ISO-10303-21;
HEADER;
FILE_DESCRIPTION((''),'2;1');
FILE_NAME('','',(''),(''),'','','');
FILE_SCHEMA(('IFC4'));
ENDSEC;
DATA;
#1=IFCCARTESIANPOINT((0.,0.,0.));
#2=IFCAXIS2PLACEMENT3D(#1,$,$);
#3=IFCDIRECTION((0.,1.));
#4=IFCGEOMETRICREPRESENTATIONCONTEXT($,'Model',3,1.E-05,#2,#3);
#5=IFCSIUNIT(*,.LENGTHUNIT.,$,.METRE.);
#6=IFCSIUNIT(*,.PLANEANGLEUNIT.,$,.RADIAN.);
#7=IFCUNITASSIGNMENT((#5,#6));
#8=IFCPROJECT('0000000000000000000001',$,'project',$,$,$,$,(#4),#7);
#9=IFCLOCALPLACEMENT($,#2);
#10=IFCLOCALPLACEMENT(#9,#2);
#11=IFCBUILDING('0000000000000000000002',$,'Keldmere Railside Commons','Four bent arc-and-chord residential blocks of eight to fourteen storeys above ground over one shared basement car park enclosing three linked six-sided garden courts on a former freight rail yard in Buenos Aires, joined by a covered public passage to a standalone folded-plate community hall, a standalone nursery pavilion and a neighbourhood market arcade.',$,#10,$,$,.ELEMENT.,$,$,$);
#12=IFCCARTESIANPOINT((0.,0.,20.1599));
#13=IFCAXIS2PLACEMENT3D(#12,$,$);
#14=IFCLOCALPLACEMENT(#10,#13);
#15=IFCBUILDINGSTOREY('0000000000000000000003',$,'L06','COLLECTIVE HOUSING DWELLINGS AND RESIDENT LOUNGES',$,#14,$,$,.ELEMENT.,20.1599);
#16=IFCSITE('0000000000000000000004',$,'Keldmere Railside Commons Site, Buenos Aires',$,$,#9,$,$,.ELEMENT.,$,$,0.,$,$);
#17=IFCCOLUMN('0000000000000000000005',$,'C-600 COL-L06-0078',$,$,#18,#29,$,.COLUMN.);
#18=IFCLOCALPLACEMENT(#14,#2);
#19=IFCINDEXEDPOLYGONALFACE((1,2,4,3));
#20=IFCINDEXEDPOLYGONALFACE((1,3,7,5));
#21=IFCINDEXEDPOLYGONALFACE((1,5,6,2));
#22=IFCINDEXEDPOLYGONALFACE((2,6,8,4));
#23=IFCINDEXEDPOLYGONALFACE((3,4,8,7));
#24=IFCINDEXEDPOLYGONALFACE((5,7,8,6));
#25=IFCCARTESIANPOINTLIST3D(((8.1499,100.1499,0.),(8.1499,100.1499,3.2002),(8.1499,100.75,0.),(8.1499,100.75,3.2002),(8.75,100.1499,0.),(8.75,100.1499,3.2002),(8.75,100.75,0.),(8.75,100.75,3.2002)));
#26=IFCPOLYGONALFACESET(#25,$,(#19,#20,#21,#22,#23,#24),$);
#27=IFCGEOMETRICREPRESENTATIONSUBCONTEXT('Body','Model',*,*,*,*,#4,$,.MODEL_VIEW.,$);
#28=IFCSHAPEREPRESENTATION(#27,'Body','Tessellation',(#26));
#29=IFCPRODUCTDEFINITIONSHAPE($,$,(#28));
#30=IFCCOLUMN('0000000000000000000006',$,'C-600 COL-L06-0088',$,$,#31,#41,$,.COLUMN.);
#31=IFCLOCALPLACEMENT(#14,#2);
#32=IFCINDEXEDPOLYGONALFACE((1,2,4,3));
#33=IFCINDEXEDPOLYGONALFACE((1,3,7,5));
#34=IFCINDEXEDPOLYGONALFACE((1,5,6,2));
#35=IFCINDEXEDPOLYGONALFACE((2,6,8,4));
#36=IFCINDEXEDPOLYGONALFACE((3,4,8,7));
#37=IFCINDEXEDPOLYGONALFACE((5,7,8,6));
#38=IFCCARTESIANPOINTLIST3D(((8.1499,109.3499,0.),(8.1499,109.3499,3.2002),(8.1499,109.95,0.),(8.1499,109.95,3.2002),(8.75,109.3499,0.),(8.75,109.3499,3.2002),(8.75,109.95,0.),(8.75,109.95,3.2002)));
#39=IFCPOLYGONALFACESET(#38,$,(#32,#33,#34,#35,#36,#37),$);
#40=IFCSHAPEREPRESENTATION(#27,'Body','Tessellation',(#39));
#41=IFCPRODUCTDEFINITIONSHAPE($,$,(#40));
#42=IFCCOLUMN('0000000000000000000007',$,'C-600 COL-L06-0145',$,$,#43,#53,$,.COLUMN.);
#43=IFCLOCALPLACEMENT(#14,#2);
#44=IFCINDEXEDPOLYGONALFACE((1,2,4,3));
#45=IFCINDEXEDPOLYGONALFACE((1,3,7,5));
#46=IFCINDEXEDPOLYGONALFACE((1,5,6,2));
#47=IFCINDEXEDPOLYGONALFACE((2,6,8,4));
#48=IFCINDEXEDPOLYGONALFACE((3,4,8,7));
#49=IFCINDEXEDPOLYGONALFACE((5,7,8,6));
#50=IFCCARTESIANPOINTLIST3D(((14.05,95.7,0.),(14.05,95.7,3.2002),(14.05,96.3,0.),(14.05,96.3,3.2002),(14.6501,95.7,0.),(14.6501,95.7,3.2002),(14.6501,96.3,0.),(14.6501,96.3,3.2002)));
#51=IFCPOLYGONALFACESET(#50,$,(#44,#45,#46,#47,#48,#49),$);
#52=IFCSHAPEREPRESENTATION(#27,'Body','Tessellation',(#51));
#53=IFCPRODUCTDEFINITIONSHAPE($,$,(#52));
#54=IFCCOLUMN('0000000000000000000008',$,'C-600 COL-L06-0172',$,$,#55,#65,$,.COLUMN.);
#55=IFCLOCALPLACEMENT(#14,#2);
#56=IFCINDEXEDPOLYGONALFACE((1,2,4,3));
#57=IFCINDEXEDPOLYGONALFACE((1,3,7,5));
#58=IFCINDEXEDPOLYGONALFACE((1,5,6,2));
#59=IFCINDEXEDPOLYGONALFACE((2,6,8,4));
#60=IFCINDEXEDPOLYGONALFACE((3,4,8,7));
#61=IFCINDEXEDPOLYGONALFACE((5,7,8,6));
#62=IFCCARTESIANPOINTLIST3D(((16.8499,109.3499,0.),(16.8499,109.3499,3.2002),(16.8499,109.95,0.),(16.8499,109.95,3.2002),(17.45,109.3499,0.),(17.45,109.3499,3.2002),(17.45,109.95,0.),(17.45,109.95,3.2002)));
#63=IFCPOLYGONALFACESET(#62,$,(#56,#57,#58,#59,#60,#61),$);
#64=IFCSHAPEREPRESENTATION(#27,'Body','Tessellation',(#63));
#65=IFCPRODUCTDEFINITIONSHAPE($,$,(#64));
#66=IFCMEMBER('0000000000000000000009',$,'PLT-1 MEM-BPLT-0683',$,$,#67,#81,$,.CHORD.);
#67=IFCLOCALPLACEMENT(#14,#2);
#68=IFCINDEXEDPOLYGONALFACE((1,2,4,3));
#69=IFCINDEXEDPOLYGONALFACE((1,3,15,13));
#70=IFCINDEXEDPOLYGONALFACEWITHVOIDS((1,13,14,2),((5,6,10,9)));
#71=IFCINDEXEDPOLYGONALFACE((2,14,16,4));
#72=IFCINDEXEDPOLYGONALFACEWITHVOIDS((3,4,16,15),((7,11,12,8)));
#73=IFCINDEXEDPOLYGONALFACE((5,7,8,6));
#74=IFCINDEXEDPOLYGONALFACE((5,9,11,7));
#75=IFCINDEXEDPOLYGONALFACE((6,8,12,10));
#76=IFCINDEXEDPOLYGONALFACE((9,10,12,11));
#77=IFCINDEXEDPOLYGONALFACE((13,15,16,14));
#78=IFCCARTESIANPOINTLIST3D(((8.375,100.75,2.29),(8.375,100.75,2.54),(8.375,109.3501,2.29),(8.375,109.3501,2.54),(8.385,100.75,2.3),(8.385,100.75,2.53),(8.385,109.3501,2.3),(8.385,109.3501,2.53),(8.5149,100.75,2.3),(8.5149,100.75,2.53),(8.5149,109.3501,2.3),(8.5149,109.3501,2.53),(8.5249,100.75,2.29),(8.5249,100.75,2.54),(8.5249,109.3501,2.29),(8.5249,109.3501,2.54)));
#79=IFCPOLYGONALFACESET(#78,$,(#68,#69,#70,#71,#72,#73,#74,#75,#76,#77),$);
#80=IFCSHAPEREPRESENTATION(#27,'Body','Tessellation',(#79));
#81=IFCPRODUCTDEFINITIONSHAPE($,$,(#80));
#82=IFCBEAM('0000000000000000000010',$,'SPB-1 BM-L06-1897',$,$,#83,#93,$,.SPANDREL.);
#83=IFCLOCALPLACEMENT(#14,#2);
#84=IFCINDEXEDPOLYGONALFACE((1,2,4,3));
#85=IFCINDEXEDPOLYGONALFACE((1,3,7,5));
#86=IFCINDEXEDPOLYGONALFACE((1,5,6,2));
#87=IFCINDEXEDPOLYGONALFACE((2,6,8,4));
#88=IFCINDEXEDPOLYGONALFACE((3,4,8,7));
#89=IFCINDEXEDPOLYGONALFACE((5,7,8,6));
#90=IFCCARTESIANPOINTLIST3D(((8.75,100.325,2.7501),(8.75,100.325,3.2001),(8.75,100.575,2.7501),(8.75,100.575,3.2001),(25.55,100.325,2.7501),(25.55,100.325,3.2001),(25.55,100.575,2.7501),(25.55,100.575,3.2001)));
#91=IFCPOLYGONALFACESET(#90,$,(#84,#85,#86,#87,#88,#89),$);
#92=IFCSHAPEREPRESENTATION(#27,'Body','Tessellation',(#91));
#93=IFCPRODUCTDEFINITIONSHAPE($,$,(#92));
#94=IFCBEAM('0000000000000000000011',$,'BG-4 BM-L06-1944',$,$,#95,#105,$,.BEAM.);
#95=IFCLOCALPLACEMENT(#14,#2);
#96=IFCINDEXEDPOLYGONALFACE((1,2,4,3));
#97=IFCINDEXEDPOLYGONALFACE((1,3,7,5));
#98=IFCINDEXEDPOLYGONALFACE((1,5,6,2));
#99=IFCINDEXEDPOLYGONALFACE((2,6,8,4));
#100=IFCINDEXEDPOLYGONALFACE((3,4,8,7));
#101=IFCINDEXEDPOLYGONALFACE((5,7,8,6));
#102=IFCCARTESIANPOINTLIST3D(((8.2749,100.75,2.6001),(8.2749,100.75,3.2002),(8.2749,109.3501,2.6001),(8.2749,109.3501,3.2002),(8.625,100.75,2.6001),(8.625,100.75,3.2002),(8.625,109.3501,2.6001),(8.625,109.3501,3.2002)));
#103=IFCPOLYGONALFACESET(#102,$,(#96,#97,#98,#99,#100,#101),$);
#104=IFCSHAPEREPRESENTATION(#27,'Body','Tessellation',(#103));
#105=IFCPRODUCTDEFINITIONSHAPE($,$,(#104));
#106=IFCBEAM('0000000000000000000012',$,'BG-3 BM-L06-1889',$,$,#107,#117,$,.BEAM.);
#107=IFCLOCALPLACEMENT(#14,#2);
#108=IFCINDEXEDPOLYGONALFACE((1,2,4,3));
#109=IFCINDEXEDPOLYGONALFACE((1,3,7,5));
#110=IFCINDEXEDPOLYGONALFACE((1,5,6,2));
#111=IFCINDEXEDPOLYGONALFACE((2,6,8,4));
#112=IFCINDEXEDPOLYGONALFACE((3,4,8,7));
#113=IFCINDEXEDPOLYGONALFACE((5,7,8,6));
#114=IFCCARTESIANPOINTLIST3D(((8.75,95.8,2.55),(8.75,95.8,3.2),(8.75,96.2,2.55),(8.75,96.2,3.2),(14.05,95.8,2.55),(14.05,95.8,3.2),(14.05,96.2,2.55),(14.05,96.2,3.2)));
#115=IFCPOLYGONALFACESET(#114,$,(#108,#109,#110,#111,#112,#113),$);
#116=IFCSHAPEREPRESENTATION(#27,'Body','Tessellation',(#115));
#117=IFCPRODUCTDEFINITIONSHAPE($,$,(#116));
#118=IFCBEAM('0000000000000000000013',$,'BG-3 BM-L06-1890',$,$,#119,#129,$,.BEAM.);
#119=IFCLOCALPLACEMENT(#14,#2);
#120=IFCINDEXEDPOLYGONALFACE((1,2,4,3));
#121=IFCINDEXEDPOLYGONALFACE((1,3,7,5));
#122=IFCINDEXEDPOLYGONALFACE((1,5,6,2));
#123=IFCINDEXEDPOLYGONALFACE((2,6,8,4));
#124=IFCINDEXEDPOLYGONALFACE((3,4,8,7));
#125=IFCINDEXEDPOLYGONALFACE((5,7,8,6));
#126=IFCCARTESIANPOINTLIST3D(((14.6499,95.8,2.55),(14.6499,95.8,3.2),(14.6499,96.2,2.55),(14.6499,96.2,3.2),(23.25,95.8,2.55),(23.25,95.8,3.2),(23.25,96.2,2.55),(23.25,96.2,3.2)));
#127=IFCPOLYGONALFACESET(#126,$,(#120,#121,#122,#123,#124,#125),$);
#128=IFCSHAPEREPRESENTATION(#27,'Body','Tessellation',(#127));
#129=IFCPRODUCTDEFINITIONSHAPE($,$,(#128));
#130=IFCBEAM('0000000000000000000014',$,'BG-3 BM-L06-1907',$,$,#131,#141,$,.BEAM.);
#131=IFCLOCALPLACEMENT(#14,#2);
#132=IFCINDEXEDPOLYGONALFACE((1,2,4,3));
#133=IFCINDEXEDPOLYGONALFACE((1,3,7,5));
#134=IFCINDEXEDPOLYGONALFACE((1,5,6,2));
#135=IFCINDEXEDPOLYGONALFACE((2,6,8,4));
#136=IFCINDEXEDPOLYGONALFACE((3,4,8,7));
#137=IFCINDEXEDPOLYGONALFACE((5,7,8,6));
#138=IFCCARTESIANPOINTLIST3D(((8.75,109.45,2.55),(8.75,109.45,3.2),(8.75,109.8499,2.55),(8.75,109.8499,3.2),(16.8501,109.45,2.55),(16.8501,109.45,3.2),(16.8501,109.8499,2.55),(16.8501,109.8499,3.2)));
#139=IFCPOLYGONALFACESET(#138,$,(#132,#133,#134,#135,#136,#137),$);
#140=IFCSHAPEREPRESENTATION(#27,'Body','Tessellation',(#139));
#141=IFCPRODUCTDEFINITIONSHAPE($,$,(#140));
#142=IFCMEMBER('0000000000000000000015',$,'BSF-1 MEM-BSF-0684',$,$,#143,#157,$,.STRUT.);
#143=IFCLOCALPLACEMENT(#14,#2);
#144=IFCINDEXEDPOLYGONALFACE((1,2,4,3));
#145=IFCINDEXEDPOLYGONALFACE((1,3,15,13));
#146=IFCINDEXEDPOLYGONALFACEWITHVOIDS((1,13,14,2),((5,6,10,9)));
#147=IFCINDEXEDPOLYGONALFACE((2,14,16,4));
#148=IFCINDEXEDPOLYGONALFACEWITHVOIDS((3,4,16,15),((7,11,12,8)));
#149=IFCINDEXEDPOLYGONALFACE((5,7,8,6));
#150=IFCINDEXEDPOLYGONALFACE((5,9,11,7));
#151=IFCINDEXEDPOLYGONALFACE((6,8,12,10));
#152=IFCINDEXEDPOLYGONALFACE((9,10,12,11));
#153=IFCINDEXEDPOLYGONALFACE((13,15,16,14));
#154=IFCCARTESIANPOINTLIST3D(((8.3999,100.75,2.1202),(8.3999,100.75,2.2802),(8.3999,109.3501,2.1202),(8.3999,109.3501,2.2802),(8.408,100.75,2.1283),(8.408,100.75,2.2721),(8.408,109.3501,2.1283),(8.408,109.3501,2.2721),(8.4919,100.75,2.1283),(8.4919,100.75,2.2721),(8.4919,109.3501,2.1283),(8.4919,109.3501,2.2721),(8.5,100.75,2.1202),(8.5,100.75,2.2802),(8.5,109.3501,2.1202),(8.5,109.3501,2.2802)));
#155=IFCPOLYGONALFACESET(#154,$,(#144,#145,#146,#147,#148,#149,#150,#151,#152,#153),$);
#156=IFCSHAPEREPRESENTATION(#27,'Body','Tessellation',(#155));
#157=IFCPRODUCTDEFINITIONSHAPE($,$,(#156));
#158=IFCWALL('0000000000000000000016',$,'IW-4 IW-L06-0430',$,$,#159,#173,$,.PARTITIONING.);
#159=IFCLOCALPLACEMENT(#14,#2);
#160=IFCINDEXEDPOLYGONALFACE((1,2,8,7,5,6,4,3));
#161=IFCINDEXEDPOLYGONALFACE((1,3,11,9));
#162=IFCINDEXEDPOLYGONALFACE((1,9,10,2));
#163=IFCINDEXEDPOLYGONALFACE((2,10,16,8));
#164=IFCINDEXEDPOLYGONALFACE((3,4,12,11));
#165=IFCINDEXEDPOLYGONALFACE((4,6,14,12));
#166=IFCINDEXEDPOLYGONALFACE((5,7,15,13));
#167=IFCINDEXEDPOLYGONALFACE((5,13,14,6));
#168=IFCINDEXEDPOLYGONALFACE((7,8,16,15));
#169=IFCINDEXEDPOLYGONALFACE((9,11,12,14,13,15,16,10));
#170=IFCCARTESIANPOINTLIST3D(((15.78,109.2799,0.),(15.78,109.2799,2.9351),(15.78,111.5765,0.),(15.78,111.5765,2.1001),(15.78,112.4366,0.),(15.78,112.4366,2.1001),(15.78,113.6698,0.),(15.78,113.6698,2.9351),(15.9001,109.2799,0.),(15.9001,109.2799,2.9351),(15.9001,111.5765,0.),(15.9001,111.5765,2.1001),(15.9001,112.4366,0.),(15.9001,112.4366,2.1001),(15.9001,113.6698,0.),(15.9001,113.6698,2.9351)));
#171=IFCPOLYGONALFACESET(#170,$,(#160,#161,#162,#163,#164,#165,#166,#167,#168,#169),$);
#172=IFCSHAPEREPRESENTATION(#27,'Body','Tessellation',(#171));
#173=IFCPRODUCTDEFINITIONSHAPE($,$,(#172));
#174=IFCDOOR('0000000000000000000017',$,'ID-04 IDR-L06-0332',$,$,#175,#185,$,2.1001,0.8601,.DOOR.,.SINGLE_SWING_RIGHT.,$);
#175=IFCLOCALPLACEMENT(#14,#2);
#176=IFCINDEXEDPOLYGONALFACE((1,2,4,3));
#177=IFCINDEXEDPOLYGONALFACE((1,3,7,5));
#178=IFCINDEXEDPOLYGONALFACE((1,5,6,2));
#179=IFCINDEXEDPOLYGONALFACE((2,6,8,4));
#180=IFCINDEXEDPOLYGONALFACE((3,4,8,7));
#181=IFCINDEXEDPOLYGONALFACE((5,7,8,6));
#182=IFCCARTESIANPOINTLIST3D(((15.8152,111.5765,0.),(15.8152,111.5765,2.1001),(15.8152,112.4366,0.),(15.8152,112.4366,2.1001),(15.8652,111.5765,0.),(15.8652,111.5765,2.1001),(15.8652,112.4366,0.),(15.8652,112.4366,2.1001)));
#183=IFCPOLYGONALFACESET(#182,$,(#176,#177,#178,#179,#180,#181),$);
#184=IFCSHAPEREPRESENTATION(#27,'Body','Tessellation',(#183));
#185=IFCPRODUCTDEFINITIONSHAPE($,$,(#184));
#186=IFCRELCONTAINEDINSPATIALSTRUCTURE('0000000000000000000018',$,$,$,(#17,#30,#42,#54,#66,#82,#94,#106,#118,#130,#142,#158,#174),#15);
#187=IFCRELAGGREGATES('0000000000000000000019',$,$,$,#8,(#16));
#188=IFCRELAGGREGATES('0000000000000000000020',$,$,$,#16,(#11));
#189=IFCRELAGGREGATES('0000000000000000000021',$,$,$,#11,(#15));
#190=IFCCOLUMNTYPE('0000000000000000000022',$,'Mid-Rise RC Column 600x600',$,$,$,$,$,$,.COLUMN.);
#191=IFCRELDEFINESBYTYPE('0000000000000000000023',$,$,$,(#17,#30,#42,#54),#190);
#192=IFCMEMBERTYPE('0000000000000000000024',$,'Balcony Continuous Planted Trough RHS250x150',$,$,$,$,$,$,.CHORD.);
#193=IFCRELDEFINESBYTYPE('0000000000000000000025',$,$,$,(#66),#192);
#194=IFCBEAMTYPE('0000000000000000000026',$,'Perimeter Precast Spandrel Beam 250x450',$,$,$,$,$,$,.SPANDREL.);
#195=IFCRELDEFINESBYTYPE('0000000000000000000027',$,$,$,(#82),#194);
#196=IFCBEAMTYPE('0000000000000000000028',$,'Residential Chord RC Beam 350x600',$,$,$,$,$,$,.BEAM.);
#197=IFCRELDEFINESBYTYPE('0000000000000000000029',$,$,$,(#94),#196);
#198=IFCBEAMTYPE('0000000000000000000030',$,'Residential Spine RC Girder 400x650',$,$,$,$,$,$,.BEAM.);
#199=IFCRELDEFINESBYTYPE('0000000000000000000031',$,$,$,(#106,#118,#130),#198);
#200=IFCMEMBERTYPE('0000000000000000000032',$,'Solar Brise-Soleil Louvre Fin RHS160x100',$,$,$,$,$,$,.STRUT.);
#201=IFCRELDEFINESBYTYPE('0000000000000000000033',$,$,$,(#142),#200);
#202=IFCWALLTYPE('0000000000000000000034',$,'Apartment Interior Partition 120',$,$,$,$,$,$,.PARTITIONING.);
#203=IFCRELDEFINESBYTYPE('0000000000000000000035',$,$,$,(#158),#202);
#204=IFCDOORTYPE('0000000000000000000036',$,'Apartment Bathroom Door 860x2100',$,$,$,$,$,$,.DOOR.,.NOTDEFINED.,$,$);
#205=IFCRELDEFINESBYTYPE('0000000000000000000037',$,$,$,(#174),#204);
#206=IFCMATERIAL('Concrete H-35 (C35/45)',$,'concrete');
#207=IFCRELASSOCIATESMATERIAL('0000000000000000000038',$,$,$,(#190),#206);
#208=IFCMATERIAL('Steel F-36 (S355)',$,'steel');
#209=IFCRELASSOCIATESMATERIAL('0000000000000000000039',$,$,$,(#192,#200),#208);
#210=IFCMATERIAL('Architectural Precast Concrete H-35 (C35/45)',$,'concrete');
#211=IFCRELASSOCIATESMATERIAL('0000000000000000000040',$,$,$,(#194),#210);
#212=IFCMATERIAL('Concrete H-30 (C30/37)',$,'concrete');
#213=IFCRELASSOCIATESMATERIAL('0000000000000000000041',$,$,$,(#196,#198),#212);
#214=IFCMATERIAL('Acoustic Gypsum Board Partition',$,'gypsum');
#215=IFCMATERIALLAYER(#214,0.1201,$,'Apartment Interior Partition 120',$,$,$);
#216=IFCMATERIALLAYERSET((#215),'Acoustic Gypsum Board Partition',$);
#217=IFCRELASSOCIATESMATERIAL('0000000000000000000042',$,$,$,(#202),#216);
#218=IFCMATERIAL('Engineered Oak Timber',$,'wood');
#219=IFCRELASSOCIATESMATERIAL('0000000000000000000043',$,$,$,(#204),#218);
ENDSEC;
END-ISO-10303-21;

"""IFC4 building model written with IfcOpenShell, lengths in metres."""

from ifc_helpers import new_model, si_unit, direction, frame, frame_2d, origin, origin_2d, place, context, subcontext, project, spatial, rectangle, hollow_rectangle, extrude, material, layer, layer_set, material_profile, profile_set, type_object, element, fill, save


model = new_model("IFC4")

# Units and contexts
model_context = context("Model", 3, precision=1e-05, world=origin(), true_north=direction((0.0, 1.0)))
body_context = subcontext(model_context, "Body", "Model", "MODEL_VIEW")
ifc_project = project(units=[si_unit("LENGTHUNIT", "METRE"), si_unit("PLANEANGLEUNIT", "RADIAN")], contexts=[model_context])

# Site, building, storey
site_placement = place(None, origin())
site = spatial("IfcSite", under=ifc_project, at=site_placement, Name="Keldmere Railside Commons Site, Buenos Aires", CompositionType="ELEMENT", RefElevation=0.0)
building_placement = place(site_placement, origin())
building = spatial("IfcBuilding", under=site, at=building_placement, Name="Keldmere Railside Commons", Description="Four bent arc-and-chord residential blocks of eight to fourteen storeys above ground over one shared basement car park enclosing three linked six-sided garden courts on a former freight rail yard in Buenos Aires, joined by a covered public passage to a standalone folded-plate community hall, a standalone nursery pavilion and a neighbourhood market arcade.", CompositionType="ELEMENT")
storey_placement = place(building_placement, frame((0.0, 0.0, 20.1599)))
storey = spatial("IfcBuildingStorey", under=building, at=storey_placement, Name="L06", Description="COLLECTIVE HOUSING DWELLINGS AND RESIDENT LOUNGES", CompositionType="ELEMENT", Elevation=20.1599)

# Columns
ifc_material_1 = material(Name="Concrete H-35 (C35/45)", Category="concrete")
ifc_material_profile_1 = material_profile(ifc_material_1, rectangle(XDim=0.6001, YDim=0.6001, at=origin_2d()), Name="RC-600x600")
ifc_profile_set_1 = profile_set([ifc_material_profile_1], Name="Concrete H-35 (C35/45)")
column_type = type_object("IfcColumnType", Name="Mid-Rise RC Column 600x600", PredefinedType="COLUMN", material=ifc_profile_set_1)
for number, where, z_axis, x_axis, name in (
    (1, (8.45, 100.45, 0.0), (0.0, 0.0, 1.0), (1.0, 0.0, 0.0), "C-600 COL-L06-0078"),
    (2, (8.45, 109.6499, 0.0), (0.0, 0.0, 1.0), (1.0, 0.0, 0.0), "C-600 COL-L06-0088"),
    (3, (14.3501, 96.0, 0.0), (0.0, 0.0, 1.0), (1.0, 0.0, 0.0), "C-600 COL-L06-0145"),
    (4, (17.1499, 109.6499, 0.0), (0.0, 0.0, 1.0), (1.0, 0.0, 0.0), "C-600 COL-L06-0172"),
):
    element("IfcColumn", number, at=place(storey_placement, frame(where, z_axis=z_axis, x_axis=x_axis)), inside=storey, type_object=column_type, Name=name, PredefinedType="COLUMN", context=body_context, shape_type="SweptSolid", body=[
        extrude(rectangle(XDim=0.6001, YDim=0.6001, at=origin_2d()), origin(), (0.0, 0.0, 1.0), 3.2002),
    ])

# Member
ifc_material_2 = material(Name="Steel F-36 (S355)", Category="steel")
ifc_material_profile_2 = material_profile(ifc_material_2, hollow_rectangle(XDim=0.1499, YDim=0.25, WallThickness=0.01, at=origin_2d()), Name="RHS-250x150x10")
ifc_profile_set_2 = profile_set([ifc_material_profile_2], Name="Steel F-36 (S355)")
member_type_1 = type_object("IfcMemberType", Name="Balcony Continuous Planted Trough RHS250x150", PredefinedType="CHORD", material=ifc_profile_set_2)
member_1_placement = place(storey_placement, frame((8.45, 100.75, 2.415), z_axis=(0.0, 1.0, 0.0), x_axis=(-1.0, 0.0, 0.0)))
element("IfcMember", 5, at=member_1_placement, inside=storey, type_object=member_type_1, Name="PLT-1 MEM-BPLT-0683", PredefinedType="CHORD", context=body_context, shape_type="SweptSolid", body=[
    extrude(hollow_rectangle(XDim=0.1499, YDim=0.25, WallThickness=0.01, at=origin_2d()), origin(), (0.0, 0.0, 1.0), 8.6001),
])

# Beams
ifc_material_3 = material(Name="Architectural Precast Concrete H-35 (C35/45)", Category="concrete")
ifc_material_profile_3 = material_profile(ifc_material_3, rectangle(XDim=0.25, YDim=0.45, at=origin_2d()), Name="RC-250x450")
ifc_profile_set_3 = profile_set([ifc_material_profile_3], Name="Architectural Precast Concrete H-35 (C35/45)")
beam_type_1 = type_object("IfcBeamType", Name="Perimeter Precast Spandrel Beam 250x450", PredefinedType="SPANDREL", material=ifc_profile_set_3)
beam_1_placement = place(storey_placement, frame((8.75, 100.45, 2.9751), z_axis=(1.0, 0.0, 0.0), x_axis=(0.0, 1.0, 0.0)))
element("IfcBeam", 6, at=beam_1_placement, inside=storey, type_object=beam_type_1, Name="SPB-1 BM-L06-1897", PredefinedType="SPANDREL", context=body_context, shape_type="SweptSolid", body=[
    extrude(rectangle(XDim=0.25, YDim=0.45, at=origin_2d()), origin(), (0.0, 0.0, 1.0), 16.8),
])
ifc_material_4 = material(Name="Concrete H-30 (C30/37)", Category="concrete")
ifc_material_profile_4 = material_profile(ifc_material_4, rectangle(XDim=0.3501, YDim=0.6001, at=origin_2d()), Name="RC-350x600")
ifc_profile_set_4 = profile_set([ifc_material_profile_4], Name="Concrete H-30 (C30/37)")
beam_type_2 = type_object("IfcBeamType", Name="Residential Chord RC Beam 350x600", PredefinedType="BEAM", material=ifc_profile_set_4)
beam_2_placement = place(storey_placement, frame((8.45, 100.75, 2.9001), z_axis=(0.0, 1.0, 0.0), x_axis=(-1.0, 0.0, 0.0)))
element("IfcBeam", 7, at=beam_2_placement, inside=storey, type_object=beam_type_2, Name="BG-4 BM-L06-1944", PredefinedType="BEAM", context=body_context, shape_type="SweptSolid", body=[
    extrude(rectangle(XDim=0.3501, YDim=0.6001, at=origin_2d()), origin(), (0.0, 0.0, 1.0), 8.6001),
])
ifc_material_profile_5 = material_profile(ifc_material_4, rectangle(XDim=0.3999, YDim=0.6499, at=origin_2d()), Name="RC-400x650")
ifc_profile_set_5 = profile_set([ifc_material_profile_5], Name="Concrete H-30 (C30/37)")
beam_type_3 = type_object("IfcBeamType", Name="Residential Spine RC Girder 400x650", PredefinedType="BEAM", material=ifc_profile_set_5)
beam_3_placement = place(storey_placement, frame((8.75, 96.0, 2.875), z_axis=(1.0, 0.0, 0.0), x_axis=(0.0, 1.0, 0.0)))
element("IfcBeam", 8, at=beam_3_placement, inside=storey, type_object=beam_type_3, Name="BG-3 BM-L06-1889", PredefinedType="BEAM", context=body_context, shape_type="SweptSolid", body=[
    extrude(rectangle(XDim=0.3999, YDim=0.6499, at=origin_2d()), origin(), (0.0, 0.0, 1.0), 5.3),
])
beam_4_placement = place(storey_placement, frame((14.6499, 96.0, 2.875), z_axis=(1.0, 0.0, 0.0), x_axis=(0.0, 1.0, 0.0)))
element("IfcBeam", 9, at=beam_4_placement, inside=storey, type_object=beam_type_3, Name="BG-3 BM-L06-1890", PredefinedType="BEAM", context=body_context, shape_type="SweptSolid", body=[
    extrude(rectangle(XDim=0.3999, YDim=0.6499, at=origin_2d()), origin(), (0.0, 0.0, 1.0), 8.6001),
])
beam_5_placement = place(storey_placement, frame((8.75, 109.6499, 2.875), z_axis=(1.0, 0.0, 0.0), x_axis=(0.0, 1.0, 0.0)))
element("IfcBeam", 10, at=beam_5_placement, inside=storey, type_object=beam_type_3, Name="BG-3 BM-L06-1907", PredefinedType="BEAM", context=body_context, shape_type="SweptSolid", body=[
    extrude(rectangle(XDim=0.3999, YDim=0.6499, at=origin_2d()), origin(), (0.0, 0.0, 1.0), 8.1001),
])

# Member
ifc_material_profile_6 = material_profile(ifc_material_2, hollow_rectangle(XDim=0.1001, YDim=0.1599, WallThickness=0.0081, at=origin_2d()), Name="RHS-160x100x8")
ifc_profile_set_6 = profile_set([ifc_material_profile_6], Name="Steel F-36 (S355)")
member_type_2 = type_object("IfcMemberType", Name="Solar Brise-Soleil Louvre Fin RHS160x100", PredefinedType="STRUT", material=ifc_profile_set_6)
member_2_placement = place(storey_placement, frame((8.45, 100.75, 2.2002), z_axis=(0.0, 1.0, 0.0), x_axis=(-1.0, 0.0, 0.0)))
element("IfcMember", 11, at=member_2_placement, inside=storey, type_object=member_type_2, Name="BSF-1 MEM-BSF-0684", PredefinedType="STRUT", context=body_context, shape_type="SweptSolid", body=[
    extrude(hollow_rectangle(XDim=0.1001, YDim=0.1599, WallThickness=0.0081, at=origin_2d()), origin(), (0.0, 0.0, 1.0), 8.6001),
])

# Wall, opening, door
ifc_material_5 = material(Name="Acoustic Gypsum Board Partition", Category="gypsum")
ifc_layer_1 = layer(ifc_material_5, 0.1201, Name="Apartment Interior Partition 120")
ifc_layer_set_1 = layer_set([ifc_layer_1], Name="Acoustic Gypsum Board Partition")
wall_type_1 = type_object("IfcWallType", Name="Apartment Interior Partition 120", PredefinedType="PARTITIONING", material=ifc_layer_set_1)
wall_1_placement = place(storey_placement, frame((15.8401, 109.28, 0.0), z_axis=(0.0, 0.0, 1.0), x_axis=(0.0, 1.0, 0.0)))
wall_1 = element("IfcWall", 12, at=wall_1_placement, inside=storey, type_object=wall_type_1, Name="IW-4 IW-L06-0430", PredefinedType="PARTITIONING", context=body_context, shape_type="SweptSolid", body=[
    extrude(rectangle(XDim=4.3899, YDim=0.1201, at=frame_2d((2.1948, 0.0))), origin(), (0.0, 0.0, 1.0), 2.9351),
])
opening_1_placement = place(wall_1_placement, frame((2.2964, 0.0, 0.0)))
opening_1 = element("IfcOpeningElement", 13, at=opening_1_placement, cuts=wall_1, PredefinedType="OPENING", context=body_context, shape_type="SweptSolid", body=[
    extrude(rectangle(XDim=0.8601, YDim=2.1001, at=frame_2d((0.4302, 1.05))), frame((0.0, 0.0701, 0.0), z_axis=(0.0, -1.0, 0.0), x_axis=(1.0, 0.0, 0.0)), (0.0, 0.0, 1.0), 0.1401),
])
ifc_material_6 = material(Name="Engineered Oak Timber", Category="wood")
door_type_1 = type_object("IfcDoorType", Name="Apartment Bathroom Door 860x2100", OperationType="NOTDEFINED", PredefinedType="DOOR", material=ifc_material_6)
door_1_placement = place(opening_1_placement, origin())
door_1 = element("IfcDoor", 14, at=door_1_placement, inside=storey, type_object=door_type_1, Name="ID-04 IDR-L06-0332", OperationType="SINGLE_SWING_RIGHT", OverallHeight=2.1001, OverallWidth=0.8601, PredefinedType="DOOR", context=body_context, shape_type="SweptSolid", body=[
    extrude(rectangle(XDim=0.8601, YDim=2.1001, at=frame_2d((0.4302, 1.05))), frame((0.0, 0.0249, 0.0), z_axis=(0.0, -1.0, 0.0), x_axis=(1.0, 0.0, 0.0)), (0.0, 0.0, 1.0), 0.05),
])
fill(opening_1, door_1)

save(model, "model.ifc")
